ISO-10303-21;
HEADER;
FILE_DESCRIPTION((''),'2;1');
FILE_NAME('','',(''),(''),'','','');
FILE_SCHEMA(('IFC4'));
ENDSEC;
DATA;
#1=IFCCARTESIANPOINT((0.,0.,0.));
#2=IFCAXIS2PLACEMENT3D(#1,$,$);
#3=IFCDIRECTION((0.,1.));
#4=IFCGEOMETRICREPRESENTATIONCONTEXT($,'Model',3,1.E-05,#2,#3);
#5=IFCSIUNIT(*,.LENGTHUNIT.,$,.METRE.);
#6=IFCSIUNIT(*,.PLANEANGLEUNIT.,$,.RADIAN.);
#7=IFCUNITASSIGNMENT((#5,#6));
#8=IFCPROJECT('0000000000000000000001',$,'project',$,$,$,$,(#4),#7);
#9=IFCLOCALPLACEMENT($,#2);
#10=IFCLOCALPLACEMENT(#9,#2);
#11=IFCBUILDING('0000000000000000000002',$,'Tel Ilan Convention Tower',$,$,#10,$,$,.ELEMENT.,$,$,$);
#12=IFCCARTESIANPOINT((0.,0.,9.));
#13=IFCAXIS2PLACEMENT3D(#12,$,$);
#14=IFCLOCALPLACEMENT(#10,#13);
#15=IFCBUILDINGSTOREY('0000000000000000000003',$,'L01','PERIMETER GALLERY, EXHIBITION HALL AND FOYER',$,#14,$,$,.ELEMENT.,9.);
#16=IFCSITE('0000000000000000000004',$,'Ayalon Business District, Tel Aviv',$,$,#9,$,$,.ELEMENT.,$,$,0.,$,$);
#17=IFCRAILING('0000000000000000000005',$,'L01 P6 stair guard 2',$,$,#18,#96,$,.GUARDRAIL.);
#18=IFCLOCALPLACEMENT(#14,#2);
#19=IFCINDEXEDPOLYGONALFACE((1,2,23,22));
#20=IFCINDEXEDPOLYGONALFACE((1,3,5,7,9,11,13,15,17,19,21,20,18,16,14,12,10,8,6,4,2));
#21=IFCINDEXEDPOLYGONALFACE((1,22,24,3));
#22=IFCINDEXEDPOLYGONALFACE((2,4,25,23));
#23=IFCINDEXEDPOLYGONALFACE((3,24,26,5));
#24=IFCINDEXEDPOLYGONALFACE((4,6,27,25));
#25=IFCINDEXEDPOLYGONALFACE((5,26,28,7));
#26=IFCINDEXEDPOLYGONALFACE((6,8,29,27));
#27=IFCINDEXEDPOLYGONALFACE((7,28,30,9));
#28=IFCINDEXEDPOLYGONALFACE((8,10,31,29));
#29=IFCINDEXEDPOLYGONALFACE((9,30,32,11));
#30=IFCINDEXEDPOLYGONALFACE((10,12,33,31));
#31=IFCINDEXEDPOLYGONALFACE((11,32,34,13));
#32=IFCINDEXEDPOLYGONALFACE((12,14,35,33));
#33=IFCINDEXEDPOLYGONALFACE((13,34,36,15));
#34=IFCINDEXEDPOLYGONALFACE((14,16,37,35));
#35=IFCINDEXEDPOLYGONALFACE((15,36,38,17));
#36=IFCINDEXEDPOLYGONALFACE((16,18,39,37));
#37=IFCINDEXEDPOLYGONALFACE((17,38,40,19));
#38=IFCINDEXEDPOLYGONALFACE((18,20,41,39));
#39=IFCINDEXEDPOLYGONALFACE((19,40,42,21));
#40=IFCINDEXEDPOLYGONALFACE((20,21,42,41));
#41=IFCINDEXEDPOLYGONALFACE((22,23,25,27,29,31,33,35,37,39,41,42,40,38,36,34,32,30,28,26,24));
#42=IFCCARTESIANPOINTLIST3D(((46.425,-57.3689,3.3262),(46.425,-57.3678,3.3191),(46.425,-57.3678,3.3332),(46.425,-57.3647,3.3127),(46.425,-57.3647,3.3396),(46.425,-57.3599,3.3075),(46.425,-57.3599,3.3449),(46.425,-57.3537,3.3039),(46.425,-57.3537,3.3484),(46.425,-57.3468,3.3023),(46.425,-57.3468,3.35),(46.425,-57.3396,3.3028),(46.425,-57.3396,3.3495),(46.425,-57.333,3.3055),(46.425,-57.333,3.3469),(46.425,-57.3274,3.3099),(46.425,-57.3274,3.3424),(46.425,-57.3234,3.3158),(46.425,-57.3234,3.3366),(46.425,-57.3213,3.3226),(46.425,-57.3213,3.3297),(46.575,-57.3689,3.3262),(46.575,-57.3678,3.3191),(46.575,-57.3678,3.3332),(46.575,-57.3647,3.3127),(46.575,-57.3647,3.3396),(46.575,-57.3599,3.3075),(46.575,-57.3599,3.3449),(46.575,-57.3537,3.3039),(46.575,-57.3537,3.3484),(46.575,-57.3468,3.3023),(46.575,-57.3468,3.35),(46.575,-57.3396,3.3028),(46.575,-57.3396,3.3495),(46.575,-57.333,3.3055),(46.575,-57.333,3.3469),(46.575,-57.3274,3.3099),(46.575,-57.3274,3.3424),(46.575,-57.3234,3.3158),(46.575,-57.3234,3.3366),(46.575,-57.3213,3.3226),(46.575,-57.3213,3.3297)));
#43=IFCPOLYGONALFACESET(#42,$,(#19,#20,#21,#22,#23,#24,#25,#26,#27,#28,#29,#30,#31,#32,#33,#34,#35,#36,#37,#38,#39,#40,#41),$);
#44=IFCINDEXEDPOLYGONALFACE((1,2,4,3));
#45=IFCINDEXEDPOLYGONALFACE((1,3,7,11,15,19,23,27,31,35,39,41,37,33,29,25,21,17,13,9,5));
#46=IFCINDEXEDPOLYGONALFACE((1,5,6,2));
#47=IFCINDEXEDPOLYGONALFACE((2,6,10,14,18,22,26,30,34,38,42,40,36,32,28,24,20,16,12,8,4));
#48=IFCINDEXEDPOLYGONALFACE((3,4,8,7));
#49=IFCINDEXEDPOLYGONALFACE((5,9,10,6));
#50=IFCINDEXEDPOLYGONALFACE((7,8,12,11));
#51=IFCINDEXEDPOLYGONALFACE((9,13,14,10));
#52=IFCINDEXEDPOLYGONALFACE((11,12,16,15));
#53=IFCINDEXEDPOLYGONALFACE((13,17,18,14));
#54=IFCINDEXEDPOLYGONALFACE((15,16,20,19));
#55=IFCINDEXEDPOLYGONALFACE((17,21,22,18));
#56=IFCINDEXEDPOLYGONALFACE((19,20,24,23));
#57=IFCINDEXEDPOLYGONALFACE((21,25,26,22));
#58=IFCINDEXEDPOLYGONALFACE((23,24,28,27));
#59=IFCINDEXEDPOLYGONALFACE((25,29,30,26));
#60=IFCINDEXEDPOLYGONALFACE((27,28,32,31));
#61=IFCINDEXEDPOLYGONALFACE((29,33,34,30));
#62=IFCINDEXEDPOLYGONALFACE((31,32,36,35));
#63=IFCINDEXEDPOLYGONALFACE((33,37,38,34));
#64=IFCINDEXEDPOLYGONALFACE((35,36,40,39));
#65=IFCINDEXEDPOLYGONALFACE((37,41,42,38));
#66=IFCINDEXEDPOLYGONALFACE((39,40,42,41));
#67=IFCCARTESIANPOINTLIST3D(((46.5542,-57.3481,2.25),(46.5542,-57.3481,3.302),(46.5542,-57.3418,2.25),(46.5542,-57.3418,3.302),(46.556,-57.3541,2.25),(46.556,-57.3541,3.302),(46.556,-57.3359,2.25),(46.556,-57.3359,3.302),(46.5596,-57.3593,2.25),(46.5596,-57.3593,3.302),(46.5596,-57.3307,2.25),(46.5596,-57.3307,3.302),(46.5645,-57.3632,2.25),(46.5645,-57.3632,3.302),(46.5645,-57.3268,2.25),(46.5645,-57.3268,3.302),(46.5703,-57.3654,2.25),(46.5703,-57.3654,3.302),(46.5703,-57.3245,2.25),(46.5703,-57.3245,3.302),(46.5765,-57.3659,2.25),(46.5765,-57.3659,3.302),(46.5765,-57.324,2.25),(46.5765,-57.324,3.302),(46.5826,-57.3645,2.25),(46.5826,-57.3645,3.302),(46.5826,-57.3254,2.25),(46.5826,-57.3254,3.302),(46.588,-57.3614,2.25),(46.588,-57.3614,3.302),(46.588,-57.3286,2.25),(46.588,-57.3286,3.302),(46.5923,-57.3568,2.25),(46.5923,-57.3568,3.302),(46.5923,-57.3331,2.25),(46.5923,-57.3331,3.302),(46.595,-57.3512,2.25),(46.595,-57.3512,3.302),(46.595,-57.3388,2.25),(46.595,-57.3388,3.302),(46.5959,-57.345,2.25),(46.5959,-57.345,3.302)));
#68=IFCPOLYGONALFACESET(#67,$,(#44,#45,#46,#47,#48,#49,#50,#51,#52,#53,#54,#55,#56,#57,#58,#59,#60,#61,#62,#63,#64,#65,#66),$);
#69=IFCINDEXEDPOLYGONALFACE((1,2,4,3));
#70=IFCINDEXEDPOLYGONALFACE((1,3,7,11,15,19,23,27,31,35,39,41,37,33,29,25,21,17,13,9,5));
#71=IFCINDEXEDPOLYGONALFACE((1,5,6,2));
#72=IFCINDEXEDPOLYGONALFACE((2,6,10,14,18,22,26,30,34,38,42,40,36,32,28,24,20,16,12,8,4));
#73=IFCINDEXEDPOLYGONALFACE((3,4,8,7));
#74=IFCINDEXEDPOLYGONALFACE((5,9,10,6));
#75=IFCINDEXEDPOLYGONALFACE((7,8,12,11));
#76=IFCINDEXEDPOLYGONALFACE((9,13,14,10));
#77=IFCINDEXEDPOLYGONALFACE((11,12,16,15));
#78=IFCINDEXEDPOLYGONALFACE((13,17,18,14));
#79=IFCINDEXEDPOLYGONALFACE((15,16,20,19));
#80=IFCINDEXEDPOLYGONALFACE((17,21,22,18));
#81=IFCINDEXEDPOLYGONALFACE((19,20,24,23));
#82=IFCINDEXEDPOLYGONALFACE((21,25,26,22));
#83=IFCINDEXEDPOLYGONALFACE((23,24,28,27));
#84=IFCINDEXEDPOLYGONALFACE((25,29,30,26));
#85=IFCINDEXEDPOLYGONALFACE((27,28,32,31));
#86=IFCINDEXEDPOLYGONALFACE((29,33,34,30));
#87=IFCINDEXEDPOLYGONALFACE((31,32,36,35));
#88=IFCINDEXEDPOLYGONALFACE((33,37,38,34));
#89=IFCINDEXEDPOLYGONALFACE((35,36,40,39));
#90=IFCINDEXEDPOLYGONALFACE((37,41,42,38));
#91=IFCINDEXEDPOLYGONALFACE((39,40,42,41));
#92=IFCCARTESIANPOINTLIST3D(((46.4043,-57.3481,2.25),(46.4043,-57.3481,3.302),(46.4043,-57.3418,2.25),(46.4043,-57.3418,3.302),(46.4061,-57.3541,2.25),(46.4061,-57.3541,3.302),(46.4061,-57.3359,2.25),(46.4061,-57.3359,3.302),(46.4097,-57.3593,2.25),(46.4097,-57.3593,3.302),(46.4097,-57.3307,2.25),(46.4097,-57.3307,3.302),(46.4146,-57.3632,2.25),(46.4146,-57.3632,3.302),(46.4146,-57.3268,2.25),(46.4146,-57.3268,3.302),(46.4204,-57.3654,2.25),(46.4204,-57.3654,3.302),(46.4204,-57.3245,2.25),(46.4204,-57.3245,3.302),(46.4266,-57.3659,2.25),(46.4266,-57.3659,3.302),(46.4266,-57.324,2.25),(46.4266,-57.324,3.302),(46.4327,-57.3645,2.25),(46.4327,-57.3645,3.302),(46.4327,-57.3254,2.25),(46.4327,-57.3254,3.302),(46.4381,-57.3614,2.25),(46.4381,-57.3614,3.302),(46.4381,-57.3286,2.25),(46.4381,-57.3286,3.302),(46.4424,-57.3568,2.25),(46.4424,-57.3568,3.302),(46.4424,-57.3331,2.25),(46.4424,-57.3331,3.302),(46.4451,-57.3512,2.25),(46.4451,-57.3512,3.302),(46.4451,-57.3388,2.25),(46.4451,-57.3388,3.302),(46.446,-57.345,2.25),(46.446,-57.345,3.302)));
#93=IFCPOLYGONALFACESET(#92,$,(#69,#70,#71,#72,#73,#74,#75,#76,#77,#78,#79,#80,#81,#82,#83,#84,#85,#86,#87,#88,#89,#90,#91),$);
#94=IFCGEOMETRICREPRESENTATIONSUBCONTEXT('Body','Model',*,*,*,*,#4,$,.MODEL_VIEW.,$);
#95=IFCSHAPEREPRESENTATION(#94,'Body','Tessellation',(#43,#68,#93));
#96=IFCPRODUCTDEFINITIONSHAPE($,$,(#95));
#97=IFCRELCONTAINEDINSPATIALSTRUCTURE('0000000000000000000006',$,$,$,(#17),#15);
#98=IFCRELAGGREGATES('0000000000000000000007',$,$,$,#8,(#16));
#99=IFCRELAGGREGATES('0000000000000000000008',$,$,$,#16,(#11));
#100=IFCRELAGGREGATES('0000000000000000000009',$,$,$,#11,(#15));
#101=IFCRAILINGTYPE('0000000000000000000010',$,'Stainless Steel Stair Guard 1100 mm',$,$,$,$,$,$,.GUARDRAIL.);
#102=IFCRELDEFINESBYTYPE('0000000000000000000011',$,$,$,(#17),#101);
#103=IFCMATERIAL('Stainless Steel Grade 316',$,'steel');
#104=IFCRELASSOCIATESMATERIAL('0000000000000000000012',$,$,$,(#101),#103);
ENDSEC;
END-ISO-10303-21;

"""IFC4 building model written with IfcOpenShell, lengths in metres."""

from ifc_helpers import new_model, si_unit, direction, frame, origin, origin_2d, place, context, subcontext, project, spatial, circle, extrude, material, type_object, element, save


model = new_model("IFC4")

# Units and contexts
model_context = context("Model", 3, precision=1e-05, world=origin(), true_north=direction((0.0, 1.0)))
body_context = subcontext(model_context, "Body", "Model", "MODEL_VIEW")
ifc_project = project(units=[si_unit("LENGTHUNIT", "METRE"), si_unit("PLANEANGLEUNIT", "RADIAN")], contexts=[model_context])

# Site, building, storey
site_placement = place(None, origin())
site = spatial("IfcSite", under=ifc_project, at=site_placement, Name="Ayalon Business District, Tel Aviv", CompositionType="ELEMENT", RefElevation=0.0)
building_placement = place(site_placement, origin())
building = spatial("IfcBuilding", under=site, at=building_placement, Name="Tel Ilan Convention Tower", CompositionType="ELEMENT")
storey_placement = place(building_placement, frame((0.0, 0.0, 9.0)))
storey = spatial("IfcBuildingStorey", under=building, at=storey_placement, Name="L01", Description="PERIMETER GALLERY, EXHIBITION HALL AND FOYER", CompositionType="ELEMENT", Elevation=9.0)

# Railing
ifc_material_1 = material(Name="Stainless Steel Grade 316", Category="steel")
railing_type_1 = type_object("IfcRailingType", Name="Stainless Steel Stair Guard 1100 mm", PredefinedType="GUARDRAIL", material=ifc_material_1)
railing_1_placement = place(storey_placement, frame((46.575, -57.345, 2.25)))
element("IfcRailing", 1, at=railing_1_placement, inside=storey, type_object=railing_type_1, Name="L01 P6 stair guard 2", PredefinedType="GUARDRAIL", context=body_context, shape_type="SweptSolid", body=[
    extrude(circle(Radius=0.0239, at=origin_2d()), frame((0.0, 0.0, 1.0762), z_axis=(-1.0, 0.0, 0.0), x_axis=(0.0, -1.0, 0.0)), (0.0, 0.0, 1.0), 0.1499),
    extrude(circle(Radius=0.021, at=origin_2d()), origin(), (0.0, 0.0, 1.0), 1.052),
    extrude(circle(Radius=0.021, at=origin_2d()), frame((-0.1499, 0.0, 0.0)), (0.0, 0.0, 1.0), 1.052),
])

save(model, "model.ifc")
